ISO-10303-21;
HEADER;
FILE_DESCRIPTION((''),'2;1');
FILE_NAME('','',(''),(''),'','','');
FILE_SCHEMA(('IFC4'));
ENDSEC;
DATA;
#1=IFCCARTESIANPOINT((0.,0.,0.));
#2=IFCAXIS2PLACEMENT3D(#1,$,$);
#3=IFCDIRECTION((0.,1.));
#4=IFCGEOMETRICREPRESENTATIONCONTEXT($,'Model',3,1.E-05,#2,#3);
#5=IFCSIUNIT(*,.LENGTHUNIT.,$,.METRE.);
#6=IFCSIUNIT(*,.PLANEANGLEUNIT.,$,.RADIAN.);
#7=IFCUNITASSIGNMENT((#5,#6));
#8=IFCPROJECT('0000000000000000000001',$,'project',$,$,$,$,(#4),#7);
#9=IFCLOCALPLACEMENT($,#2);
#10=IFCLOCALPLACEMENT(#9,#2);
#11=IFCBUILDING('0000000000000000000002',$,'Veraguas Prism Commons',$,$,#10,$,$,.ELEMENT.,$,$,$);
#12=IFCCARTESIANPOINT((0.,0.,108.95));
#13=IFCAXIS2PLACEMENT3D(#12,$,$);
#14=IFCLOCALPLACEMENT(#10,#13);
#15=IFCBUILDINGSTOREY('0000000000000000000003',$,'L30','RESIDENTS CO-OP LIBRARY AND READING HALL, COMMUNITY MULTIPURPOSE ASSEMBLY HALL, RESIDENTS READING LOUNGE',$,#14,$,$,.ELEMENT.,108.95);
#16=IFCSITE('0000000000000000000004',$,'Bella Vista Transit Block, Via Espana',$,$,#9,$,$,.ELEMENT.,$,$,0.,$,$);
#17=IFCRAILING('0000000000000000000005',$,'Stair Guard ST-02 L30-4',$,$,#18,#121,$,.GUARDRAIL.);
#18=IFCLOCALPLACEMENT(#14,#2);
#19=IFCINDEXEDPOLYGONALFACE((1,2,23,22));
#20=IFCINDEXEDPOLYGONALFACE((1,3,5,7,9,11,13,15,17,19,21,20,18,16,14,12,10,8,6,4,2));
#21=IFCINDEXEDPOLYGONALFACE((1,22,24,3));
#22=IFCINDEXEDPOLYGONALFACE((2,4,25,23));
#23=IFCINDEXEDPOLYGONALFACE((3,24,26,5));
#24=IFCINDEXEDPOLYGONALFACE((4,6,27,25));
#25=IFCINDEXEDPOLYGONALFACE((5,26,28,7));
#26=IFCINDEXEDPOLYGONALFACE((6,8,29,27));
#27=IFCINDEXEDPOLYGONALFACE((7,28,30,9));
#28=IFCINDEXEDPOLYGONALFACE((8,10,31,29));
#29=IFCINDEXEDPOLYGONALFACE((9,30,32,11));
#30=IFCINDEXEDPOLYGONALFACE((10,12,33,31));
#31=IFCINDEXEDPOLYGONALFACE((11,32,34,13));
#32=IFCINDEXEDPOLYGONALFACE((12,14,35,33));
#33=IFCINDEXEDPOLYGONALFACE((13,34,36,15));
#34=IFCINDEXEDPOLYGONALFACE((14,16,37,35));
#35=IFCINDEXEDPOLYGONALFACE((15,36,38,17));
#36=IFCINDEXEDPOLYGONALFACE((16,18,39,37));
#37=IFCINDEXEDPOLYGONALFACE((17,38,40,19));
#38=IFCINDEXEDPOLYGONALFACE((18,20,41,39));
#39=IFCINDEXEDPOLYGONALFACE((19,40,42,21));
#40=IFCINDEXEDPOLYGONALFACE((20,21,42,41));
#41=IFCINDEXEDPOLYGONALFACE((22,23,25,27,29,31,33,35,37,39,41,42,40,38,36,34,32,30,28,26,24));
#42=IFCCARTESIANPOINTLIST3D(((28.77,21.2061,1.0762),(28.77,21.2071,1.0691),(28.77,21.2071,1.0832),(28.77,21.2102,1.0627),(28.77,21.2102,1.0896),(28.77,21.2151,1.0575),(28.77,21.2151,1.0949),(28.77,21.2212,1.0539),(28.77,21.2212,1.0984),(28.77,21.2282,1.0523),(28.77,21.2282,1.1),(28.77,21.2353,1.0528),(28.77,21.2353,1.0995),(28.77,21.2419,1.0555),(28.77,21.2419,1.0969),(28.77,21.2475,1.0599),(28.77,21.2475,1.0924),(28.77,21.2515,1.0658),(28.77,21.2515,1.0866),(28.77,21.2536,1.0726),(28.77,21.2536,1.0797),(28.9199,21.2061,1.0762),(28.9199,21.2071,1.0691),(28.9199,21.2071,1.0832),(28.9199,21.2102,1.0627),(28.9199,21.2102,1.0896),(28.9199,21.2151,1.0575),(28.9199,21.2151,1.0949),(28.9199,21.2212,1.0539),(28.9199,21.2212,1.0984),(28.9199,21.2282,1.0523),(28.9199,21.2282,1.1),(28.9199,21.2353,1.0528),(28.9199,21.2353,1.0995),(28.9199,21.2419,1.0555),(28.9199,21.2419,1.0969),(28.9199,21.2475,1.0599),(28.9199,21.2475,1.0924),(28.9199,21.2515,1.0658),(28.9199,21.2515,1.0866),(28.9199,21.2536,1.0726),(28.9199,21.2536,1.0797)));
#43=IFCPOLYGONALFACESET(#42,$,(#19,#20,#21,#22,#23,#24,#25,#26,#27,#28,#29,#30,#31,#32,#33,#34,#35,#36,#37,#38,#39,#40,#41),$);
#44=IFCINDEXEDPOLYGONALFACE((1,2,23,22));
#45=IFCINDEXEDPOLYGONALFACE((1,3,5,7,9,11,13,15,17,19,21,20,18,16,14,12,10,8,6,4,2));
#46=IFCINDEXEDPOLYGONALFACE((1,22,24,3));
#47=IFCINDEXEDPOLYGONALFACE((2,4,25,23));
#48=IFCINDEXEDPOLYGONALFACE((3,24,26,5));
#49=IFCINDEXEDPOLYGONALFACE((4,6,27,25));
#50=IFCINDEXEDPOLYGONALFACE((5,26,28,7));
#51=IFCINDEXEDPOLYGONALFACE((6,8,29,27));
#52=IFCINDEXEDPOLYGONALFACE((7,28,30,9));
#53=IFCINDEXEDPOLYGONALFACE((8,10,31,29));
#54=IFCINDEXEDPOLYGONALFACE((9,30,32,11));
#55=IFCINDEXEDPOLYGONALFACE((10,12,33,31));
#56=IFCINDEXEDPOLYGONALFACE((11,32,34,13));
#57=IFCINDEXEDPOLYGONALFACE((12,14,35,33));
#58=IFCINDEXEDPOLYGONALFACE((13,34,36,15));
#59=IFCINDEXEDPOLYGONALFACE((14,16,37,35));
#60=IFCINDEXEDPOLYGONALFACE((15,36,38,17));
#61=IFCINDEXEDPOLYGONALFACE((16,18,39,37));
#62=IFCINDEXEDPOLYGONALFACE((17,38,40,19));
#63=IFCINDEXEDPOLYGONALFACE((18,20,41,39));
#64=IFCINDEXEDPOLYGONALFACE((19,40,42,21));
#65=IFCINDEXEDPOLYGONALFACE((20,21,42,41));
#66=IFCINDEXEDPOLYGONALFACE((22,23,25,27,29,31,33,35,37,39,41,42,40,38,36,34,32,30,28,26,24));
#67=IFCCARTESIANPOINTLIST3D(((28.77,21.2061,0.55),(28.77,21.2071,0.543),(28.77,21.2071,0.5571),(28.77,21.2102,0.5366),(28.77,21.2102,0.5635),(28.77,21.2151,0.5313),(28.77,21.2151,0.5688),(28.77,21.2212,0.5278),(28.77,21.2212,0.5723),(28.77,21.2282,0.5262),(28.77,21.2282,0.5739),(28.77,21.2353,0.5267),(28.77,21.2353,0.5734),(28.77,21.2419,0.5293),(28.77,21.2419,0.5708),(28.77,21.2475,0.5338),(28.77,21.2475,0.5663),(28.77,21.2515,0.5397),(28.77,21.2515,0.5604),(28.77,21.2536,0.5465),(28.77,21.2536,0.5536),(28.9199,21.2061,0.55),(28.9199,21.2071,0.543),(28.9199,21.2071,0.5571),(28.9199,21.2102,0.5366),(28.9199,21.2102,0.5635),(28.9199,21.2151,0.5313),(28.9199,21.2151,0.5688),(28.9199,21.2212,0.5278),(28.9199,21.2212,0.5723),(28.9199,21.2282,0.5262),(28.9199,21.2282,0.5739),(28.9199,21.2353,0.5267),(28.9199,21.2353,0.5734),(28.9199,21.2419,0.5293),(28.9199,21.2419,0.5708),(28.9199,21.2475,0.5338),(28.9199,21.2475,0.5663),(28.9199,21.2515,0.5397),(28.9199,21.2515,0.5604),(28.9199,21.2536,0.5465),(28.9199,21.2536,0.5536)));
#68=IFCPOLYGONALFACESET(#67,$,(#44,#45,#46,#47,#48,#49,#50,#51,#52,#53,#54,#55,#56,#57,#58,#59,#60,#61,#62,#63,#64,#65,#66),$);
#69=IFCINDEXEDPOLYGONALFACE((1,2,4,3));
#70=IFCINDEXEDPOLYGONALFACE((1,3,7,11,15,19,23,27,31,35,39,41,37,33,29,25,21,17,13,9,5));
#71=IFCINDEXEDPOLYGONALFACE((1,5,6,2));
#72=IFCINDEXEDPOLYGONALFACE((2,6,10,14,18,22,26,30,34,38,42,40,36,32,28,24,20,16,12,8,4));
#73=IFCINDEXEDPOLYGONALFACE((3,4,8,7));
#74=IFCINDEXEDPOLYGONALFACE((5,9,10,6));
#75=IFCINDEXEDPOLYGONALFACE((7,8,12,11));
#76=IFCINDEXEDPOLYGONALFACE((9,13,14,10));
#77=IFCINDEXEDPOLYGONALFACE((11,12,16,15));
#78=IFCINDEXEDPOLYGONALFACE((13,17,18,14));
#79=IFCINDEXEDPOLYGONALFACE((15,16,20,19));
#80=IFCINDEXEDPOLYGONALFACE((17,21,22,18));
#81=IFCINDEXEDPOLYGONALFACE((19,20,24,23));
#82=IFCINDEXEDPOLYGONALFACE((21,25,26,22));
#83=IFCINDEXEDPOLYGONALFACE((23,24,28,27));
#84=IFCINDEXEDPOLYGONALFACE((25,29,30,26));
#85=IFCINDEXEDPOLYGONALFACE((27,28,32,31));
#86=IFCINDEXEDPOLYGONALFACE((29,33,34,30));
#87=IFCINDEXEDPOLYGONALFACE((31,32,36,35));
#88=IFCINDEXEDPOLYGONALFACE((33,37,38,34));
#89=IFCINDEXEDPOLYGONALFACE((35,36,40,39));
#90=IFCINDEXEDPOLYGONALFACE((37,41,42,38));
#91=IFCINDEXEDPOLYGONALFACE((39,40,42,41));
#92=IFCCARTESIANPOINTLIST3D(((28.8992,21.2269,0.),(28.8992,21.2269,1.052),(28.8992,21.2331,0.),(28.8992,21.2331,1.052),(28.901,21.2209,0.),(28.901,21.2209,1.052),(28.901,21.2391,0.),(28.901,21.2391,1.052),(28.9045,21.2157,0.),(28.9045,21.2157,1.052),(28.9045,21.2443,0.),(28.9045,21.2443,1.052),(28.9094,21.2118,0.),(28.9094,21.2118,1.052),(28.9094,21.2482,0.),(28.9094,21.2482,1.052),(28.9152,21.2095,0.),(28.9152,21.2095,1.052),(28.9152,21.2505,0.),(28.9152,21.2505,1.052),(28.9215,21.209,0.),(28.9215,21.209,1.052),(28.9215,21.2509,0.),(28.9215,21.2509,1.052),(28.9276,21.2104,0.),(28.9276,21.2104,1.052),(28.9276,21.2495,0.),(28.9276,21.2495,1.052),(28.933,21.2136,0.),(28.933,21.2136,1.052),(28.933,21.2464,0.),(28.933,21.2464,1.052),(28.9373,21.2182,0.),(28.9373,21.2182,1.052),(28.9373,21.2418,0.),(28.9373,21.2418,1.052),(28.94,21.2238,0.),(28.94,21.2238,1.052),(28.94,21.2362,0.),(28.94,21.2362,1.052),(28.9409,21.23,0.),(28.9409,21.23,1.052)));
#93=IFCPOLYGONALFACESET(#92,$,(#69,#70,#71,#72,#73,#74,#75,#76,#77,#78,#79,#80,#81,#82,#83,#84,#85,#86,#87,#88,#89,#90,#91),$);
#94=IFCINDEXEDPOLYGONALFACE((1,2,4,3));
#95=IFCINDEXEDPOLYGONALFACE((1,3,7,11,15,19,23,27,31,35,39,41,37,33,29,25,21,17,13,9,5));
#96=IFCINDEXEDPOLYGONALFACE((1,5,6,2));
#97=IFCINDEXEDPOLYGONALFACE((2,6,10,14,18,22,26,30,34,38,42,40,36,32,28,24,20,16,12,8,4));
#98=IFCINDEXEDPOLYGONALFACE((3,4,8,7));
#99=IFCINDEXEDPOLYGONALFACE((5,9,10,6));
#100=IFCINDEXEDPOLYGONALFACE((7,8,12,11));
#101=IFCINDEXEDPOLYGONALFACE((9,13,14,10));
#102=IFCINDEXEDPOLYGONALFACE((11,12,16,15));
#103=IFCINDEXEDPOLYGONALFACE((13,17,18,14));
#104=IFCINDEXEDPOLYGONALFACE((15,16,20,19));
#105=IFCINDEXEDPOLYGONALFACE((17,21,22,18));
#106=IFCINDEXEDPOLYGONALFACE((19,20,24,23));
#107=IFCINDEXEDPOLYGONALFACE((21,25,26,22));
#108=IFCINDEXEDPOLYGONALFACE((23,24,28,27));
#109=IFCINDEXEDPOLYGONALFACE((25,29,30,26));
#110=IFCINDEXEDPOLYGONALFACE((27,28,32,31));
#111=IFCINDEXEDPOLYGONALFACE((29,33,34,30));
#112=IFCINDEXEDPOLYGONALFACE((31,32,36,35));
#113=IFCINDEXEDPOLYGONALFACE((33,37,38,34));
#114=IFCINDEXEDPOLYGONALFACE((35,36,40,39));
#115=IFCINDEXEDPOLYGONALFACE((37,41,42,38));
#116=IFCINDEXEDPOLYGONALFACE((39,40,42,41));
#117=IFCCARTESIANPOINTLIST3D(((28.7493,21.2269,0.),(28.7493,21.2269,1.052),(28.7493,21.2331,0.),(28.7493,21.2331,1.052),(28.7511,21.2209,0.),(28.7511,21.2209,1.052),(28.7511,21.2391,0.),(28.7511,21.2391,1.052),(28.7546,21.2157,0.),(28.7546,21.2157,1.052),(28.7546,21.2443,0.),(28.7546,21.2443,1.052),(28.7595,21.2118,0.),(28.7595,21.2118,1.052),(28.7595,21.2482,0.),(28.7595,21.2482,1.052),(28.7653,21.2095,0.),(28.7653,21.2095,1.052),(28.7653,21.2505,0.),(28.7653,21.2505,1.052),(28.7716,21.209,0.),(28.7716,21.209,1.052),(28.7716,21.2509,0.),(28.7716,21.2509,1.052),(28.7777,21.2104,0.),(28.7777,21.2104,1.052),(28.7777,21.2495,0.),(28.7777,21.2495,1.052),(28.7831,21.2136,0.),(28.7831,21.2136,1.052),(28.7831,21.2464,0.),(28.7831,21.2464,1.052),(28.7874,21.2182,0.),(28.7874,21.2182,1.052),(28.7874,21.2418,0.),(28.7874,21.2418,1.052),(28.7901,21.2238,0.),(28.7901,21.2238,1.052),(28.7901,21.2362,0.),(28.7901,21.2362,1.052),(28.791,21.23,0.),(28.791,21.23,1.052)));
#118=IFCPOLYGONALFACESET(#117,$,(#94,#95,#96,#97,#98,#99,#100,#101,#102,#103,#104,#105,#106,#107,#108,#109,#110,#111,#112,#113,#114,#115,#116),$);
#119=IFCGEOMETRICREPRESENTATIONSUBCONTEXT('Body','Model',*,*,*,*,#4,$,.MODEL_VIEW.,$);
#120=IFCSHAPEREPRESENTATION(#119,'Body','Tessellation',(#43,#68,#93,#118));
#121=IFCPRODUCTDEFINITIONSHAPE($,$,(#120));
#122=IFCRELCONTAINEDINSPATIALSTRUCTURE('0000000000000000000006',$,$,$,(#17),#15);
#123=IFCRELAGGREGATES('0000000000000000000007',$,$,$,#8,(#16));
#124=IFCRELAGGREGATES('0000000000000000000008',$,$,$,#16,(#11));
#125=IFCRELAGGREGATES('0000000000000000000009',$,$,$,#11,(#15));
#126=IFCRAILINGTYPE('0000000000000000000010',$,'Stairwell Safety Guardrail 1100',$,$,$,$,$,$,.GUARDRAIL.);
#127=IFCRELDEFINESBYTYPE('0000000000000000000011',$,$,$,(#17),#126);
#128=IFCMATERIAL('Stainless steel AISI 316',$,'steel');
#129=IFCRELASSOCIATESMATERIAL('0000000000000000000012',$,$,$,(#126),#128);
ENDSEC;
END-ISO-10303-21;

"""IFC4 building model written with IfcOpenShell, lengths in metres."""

from ifc_helpers import new_model, si_unit, direction, frame, origin, origin_2d, place, context, subcontext, project, spatial, circle, extrude, material, type_object, element, save


model = new_model("IFC4")

# Units and contexts
model_context = context("Model", 3, precision=1e-05, world=origin(), true_north=direction((0.0, 1.0)))
body_context = subcontext(model_context, "Body", "Model", "MODEL_VIEW")
ifc_project = project(units=[si_unit("LENGTHUNIT", "METRE"), si_unit("PLANEANGLEUNIT", "RADIAN")], contexts=[model_context])

# Site, building, storey
site_placement = place(None, origin())
site = spatial("IfcSite", under=ifc_project, at=site_placement, Name="Bella Vista Transit Block, Via Espana", CompositionType="ELEMENT", RefElevation=0.0)
building_placement = place(site_placement, origin())
building = spatial("IfcBuilding", under=site, at=building_placement, Name="Veraguas Prism Commons", CompositionType="ELEMENT")
storey_placement = place(building_placement, frame((0.0, 0.0, 108.95)))
storey = spatial("IfcBuildingStorey", under=building, at=storey_placement, Name="L30", Description="RESIDENTS CO-OP LIBRARY AND READING HALL, COMMUNITY MULTIPURPOSE ASSEMBLY HALL, RESIDENTS READING LOUNGE", CompositionType="ELEMENT", Elevation=108.95)

# Shared definitions
ifc_material_1 = material(Name="Stainless steel AISI 316", Category="steel")

# Railing
railing_type_1 = type_object("IfcRailingType", Name="Stairwell Safety Guardrail 1100", PredefinedType="GUARDRAIL", material=ifc_material_1)
railing_1_placement = place(storey_placement, frame((28.9199, 21.23, 0.0)))
element("IfcRailing", 1, at=railing_1_placement, inside=storey, type_object=railing_type_1, Name="Stair Guard ST-02 L30-4", PredefinedType="GUARDRAIL", context=body_context, shape_type="SweptSolid", body=[
    extrude(circle(Radius=0.0239, at=origin_2d()), frame((0.0, 0.0, 1.0762), z_axis=(-1.0, 0.0, 0.0), x_axis=(0.0, -1.0, 0.0)), (0.0, 0.0, 1.0), 0.1499),
    extrude(circle(Radius=0.0239, at=origin_2d()), frame((0.0, 0.0, 0.55), z_axis=(-1.0, 0.0, 0.0), x_axis=(0.0, -1.0, 0.0)), (0.0, 0.0, 1.0), 0.1499),
    extrude(circle(Radius=0.021, at=origin_2d()), origin(), (0.0, 0.0, 1.0), 1.052),
    extrude(circle(Radius=0.021, at=origin_2d()), frame((-0.1499, 0.0, 0.0)), (0.0, 0.0, 1.0), 1.052),
])

save(model, "model.ifc")
